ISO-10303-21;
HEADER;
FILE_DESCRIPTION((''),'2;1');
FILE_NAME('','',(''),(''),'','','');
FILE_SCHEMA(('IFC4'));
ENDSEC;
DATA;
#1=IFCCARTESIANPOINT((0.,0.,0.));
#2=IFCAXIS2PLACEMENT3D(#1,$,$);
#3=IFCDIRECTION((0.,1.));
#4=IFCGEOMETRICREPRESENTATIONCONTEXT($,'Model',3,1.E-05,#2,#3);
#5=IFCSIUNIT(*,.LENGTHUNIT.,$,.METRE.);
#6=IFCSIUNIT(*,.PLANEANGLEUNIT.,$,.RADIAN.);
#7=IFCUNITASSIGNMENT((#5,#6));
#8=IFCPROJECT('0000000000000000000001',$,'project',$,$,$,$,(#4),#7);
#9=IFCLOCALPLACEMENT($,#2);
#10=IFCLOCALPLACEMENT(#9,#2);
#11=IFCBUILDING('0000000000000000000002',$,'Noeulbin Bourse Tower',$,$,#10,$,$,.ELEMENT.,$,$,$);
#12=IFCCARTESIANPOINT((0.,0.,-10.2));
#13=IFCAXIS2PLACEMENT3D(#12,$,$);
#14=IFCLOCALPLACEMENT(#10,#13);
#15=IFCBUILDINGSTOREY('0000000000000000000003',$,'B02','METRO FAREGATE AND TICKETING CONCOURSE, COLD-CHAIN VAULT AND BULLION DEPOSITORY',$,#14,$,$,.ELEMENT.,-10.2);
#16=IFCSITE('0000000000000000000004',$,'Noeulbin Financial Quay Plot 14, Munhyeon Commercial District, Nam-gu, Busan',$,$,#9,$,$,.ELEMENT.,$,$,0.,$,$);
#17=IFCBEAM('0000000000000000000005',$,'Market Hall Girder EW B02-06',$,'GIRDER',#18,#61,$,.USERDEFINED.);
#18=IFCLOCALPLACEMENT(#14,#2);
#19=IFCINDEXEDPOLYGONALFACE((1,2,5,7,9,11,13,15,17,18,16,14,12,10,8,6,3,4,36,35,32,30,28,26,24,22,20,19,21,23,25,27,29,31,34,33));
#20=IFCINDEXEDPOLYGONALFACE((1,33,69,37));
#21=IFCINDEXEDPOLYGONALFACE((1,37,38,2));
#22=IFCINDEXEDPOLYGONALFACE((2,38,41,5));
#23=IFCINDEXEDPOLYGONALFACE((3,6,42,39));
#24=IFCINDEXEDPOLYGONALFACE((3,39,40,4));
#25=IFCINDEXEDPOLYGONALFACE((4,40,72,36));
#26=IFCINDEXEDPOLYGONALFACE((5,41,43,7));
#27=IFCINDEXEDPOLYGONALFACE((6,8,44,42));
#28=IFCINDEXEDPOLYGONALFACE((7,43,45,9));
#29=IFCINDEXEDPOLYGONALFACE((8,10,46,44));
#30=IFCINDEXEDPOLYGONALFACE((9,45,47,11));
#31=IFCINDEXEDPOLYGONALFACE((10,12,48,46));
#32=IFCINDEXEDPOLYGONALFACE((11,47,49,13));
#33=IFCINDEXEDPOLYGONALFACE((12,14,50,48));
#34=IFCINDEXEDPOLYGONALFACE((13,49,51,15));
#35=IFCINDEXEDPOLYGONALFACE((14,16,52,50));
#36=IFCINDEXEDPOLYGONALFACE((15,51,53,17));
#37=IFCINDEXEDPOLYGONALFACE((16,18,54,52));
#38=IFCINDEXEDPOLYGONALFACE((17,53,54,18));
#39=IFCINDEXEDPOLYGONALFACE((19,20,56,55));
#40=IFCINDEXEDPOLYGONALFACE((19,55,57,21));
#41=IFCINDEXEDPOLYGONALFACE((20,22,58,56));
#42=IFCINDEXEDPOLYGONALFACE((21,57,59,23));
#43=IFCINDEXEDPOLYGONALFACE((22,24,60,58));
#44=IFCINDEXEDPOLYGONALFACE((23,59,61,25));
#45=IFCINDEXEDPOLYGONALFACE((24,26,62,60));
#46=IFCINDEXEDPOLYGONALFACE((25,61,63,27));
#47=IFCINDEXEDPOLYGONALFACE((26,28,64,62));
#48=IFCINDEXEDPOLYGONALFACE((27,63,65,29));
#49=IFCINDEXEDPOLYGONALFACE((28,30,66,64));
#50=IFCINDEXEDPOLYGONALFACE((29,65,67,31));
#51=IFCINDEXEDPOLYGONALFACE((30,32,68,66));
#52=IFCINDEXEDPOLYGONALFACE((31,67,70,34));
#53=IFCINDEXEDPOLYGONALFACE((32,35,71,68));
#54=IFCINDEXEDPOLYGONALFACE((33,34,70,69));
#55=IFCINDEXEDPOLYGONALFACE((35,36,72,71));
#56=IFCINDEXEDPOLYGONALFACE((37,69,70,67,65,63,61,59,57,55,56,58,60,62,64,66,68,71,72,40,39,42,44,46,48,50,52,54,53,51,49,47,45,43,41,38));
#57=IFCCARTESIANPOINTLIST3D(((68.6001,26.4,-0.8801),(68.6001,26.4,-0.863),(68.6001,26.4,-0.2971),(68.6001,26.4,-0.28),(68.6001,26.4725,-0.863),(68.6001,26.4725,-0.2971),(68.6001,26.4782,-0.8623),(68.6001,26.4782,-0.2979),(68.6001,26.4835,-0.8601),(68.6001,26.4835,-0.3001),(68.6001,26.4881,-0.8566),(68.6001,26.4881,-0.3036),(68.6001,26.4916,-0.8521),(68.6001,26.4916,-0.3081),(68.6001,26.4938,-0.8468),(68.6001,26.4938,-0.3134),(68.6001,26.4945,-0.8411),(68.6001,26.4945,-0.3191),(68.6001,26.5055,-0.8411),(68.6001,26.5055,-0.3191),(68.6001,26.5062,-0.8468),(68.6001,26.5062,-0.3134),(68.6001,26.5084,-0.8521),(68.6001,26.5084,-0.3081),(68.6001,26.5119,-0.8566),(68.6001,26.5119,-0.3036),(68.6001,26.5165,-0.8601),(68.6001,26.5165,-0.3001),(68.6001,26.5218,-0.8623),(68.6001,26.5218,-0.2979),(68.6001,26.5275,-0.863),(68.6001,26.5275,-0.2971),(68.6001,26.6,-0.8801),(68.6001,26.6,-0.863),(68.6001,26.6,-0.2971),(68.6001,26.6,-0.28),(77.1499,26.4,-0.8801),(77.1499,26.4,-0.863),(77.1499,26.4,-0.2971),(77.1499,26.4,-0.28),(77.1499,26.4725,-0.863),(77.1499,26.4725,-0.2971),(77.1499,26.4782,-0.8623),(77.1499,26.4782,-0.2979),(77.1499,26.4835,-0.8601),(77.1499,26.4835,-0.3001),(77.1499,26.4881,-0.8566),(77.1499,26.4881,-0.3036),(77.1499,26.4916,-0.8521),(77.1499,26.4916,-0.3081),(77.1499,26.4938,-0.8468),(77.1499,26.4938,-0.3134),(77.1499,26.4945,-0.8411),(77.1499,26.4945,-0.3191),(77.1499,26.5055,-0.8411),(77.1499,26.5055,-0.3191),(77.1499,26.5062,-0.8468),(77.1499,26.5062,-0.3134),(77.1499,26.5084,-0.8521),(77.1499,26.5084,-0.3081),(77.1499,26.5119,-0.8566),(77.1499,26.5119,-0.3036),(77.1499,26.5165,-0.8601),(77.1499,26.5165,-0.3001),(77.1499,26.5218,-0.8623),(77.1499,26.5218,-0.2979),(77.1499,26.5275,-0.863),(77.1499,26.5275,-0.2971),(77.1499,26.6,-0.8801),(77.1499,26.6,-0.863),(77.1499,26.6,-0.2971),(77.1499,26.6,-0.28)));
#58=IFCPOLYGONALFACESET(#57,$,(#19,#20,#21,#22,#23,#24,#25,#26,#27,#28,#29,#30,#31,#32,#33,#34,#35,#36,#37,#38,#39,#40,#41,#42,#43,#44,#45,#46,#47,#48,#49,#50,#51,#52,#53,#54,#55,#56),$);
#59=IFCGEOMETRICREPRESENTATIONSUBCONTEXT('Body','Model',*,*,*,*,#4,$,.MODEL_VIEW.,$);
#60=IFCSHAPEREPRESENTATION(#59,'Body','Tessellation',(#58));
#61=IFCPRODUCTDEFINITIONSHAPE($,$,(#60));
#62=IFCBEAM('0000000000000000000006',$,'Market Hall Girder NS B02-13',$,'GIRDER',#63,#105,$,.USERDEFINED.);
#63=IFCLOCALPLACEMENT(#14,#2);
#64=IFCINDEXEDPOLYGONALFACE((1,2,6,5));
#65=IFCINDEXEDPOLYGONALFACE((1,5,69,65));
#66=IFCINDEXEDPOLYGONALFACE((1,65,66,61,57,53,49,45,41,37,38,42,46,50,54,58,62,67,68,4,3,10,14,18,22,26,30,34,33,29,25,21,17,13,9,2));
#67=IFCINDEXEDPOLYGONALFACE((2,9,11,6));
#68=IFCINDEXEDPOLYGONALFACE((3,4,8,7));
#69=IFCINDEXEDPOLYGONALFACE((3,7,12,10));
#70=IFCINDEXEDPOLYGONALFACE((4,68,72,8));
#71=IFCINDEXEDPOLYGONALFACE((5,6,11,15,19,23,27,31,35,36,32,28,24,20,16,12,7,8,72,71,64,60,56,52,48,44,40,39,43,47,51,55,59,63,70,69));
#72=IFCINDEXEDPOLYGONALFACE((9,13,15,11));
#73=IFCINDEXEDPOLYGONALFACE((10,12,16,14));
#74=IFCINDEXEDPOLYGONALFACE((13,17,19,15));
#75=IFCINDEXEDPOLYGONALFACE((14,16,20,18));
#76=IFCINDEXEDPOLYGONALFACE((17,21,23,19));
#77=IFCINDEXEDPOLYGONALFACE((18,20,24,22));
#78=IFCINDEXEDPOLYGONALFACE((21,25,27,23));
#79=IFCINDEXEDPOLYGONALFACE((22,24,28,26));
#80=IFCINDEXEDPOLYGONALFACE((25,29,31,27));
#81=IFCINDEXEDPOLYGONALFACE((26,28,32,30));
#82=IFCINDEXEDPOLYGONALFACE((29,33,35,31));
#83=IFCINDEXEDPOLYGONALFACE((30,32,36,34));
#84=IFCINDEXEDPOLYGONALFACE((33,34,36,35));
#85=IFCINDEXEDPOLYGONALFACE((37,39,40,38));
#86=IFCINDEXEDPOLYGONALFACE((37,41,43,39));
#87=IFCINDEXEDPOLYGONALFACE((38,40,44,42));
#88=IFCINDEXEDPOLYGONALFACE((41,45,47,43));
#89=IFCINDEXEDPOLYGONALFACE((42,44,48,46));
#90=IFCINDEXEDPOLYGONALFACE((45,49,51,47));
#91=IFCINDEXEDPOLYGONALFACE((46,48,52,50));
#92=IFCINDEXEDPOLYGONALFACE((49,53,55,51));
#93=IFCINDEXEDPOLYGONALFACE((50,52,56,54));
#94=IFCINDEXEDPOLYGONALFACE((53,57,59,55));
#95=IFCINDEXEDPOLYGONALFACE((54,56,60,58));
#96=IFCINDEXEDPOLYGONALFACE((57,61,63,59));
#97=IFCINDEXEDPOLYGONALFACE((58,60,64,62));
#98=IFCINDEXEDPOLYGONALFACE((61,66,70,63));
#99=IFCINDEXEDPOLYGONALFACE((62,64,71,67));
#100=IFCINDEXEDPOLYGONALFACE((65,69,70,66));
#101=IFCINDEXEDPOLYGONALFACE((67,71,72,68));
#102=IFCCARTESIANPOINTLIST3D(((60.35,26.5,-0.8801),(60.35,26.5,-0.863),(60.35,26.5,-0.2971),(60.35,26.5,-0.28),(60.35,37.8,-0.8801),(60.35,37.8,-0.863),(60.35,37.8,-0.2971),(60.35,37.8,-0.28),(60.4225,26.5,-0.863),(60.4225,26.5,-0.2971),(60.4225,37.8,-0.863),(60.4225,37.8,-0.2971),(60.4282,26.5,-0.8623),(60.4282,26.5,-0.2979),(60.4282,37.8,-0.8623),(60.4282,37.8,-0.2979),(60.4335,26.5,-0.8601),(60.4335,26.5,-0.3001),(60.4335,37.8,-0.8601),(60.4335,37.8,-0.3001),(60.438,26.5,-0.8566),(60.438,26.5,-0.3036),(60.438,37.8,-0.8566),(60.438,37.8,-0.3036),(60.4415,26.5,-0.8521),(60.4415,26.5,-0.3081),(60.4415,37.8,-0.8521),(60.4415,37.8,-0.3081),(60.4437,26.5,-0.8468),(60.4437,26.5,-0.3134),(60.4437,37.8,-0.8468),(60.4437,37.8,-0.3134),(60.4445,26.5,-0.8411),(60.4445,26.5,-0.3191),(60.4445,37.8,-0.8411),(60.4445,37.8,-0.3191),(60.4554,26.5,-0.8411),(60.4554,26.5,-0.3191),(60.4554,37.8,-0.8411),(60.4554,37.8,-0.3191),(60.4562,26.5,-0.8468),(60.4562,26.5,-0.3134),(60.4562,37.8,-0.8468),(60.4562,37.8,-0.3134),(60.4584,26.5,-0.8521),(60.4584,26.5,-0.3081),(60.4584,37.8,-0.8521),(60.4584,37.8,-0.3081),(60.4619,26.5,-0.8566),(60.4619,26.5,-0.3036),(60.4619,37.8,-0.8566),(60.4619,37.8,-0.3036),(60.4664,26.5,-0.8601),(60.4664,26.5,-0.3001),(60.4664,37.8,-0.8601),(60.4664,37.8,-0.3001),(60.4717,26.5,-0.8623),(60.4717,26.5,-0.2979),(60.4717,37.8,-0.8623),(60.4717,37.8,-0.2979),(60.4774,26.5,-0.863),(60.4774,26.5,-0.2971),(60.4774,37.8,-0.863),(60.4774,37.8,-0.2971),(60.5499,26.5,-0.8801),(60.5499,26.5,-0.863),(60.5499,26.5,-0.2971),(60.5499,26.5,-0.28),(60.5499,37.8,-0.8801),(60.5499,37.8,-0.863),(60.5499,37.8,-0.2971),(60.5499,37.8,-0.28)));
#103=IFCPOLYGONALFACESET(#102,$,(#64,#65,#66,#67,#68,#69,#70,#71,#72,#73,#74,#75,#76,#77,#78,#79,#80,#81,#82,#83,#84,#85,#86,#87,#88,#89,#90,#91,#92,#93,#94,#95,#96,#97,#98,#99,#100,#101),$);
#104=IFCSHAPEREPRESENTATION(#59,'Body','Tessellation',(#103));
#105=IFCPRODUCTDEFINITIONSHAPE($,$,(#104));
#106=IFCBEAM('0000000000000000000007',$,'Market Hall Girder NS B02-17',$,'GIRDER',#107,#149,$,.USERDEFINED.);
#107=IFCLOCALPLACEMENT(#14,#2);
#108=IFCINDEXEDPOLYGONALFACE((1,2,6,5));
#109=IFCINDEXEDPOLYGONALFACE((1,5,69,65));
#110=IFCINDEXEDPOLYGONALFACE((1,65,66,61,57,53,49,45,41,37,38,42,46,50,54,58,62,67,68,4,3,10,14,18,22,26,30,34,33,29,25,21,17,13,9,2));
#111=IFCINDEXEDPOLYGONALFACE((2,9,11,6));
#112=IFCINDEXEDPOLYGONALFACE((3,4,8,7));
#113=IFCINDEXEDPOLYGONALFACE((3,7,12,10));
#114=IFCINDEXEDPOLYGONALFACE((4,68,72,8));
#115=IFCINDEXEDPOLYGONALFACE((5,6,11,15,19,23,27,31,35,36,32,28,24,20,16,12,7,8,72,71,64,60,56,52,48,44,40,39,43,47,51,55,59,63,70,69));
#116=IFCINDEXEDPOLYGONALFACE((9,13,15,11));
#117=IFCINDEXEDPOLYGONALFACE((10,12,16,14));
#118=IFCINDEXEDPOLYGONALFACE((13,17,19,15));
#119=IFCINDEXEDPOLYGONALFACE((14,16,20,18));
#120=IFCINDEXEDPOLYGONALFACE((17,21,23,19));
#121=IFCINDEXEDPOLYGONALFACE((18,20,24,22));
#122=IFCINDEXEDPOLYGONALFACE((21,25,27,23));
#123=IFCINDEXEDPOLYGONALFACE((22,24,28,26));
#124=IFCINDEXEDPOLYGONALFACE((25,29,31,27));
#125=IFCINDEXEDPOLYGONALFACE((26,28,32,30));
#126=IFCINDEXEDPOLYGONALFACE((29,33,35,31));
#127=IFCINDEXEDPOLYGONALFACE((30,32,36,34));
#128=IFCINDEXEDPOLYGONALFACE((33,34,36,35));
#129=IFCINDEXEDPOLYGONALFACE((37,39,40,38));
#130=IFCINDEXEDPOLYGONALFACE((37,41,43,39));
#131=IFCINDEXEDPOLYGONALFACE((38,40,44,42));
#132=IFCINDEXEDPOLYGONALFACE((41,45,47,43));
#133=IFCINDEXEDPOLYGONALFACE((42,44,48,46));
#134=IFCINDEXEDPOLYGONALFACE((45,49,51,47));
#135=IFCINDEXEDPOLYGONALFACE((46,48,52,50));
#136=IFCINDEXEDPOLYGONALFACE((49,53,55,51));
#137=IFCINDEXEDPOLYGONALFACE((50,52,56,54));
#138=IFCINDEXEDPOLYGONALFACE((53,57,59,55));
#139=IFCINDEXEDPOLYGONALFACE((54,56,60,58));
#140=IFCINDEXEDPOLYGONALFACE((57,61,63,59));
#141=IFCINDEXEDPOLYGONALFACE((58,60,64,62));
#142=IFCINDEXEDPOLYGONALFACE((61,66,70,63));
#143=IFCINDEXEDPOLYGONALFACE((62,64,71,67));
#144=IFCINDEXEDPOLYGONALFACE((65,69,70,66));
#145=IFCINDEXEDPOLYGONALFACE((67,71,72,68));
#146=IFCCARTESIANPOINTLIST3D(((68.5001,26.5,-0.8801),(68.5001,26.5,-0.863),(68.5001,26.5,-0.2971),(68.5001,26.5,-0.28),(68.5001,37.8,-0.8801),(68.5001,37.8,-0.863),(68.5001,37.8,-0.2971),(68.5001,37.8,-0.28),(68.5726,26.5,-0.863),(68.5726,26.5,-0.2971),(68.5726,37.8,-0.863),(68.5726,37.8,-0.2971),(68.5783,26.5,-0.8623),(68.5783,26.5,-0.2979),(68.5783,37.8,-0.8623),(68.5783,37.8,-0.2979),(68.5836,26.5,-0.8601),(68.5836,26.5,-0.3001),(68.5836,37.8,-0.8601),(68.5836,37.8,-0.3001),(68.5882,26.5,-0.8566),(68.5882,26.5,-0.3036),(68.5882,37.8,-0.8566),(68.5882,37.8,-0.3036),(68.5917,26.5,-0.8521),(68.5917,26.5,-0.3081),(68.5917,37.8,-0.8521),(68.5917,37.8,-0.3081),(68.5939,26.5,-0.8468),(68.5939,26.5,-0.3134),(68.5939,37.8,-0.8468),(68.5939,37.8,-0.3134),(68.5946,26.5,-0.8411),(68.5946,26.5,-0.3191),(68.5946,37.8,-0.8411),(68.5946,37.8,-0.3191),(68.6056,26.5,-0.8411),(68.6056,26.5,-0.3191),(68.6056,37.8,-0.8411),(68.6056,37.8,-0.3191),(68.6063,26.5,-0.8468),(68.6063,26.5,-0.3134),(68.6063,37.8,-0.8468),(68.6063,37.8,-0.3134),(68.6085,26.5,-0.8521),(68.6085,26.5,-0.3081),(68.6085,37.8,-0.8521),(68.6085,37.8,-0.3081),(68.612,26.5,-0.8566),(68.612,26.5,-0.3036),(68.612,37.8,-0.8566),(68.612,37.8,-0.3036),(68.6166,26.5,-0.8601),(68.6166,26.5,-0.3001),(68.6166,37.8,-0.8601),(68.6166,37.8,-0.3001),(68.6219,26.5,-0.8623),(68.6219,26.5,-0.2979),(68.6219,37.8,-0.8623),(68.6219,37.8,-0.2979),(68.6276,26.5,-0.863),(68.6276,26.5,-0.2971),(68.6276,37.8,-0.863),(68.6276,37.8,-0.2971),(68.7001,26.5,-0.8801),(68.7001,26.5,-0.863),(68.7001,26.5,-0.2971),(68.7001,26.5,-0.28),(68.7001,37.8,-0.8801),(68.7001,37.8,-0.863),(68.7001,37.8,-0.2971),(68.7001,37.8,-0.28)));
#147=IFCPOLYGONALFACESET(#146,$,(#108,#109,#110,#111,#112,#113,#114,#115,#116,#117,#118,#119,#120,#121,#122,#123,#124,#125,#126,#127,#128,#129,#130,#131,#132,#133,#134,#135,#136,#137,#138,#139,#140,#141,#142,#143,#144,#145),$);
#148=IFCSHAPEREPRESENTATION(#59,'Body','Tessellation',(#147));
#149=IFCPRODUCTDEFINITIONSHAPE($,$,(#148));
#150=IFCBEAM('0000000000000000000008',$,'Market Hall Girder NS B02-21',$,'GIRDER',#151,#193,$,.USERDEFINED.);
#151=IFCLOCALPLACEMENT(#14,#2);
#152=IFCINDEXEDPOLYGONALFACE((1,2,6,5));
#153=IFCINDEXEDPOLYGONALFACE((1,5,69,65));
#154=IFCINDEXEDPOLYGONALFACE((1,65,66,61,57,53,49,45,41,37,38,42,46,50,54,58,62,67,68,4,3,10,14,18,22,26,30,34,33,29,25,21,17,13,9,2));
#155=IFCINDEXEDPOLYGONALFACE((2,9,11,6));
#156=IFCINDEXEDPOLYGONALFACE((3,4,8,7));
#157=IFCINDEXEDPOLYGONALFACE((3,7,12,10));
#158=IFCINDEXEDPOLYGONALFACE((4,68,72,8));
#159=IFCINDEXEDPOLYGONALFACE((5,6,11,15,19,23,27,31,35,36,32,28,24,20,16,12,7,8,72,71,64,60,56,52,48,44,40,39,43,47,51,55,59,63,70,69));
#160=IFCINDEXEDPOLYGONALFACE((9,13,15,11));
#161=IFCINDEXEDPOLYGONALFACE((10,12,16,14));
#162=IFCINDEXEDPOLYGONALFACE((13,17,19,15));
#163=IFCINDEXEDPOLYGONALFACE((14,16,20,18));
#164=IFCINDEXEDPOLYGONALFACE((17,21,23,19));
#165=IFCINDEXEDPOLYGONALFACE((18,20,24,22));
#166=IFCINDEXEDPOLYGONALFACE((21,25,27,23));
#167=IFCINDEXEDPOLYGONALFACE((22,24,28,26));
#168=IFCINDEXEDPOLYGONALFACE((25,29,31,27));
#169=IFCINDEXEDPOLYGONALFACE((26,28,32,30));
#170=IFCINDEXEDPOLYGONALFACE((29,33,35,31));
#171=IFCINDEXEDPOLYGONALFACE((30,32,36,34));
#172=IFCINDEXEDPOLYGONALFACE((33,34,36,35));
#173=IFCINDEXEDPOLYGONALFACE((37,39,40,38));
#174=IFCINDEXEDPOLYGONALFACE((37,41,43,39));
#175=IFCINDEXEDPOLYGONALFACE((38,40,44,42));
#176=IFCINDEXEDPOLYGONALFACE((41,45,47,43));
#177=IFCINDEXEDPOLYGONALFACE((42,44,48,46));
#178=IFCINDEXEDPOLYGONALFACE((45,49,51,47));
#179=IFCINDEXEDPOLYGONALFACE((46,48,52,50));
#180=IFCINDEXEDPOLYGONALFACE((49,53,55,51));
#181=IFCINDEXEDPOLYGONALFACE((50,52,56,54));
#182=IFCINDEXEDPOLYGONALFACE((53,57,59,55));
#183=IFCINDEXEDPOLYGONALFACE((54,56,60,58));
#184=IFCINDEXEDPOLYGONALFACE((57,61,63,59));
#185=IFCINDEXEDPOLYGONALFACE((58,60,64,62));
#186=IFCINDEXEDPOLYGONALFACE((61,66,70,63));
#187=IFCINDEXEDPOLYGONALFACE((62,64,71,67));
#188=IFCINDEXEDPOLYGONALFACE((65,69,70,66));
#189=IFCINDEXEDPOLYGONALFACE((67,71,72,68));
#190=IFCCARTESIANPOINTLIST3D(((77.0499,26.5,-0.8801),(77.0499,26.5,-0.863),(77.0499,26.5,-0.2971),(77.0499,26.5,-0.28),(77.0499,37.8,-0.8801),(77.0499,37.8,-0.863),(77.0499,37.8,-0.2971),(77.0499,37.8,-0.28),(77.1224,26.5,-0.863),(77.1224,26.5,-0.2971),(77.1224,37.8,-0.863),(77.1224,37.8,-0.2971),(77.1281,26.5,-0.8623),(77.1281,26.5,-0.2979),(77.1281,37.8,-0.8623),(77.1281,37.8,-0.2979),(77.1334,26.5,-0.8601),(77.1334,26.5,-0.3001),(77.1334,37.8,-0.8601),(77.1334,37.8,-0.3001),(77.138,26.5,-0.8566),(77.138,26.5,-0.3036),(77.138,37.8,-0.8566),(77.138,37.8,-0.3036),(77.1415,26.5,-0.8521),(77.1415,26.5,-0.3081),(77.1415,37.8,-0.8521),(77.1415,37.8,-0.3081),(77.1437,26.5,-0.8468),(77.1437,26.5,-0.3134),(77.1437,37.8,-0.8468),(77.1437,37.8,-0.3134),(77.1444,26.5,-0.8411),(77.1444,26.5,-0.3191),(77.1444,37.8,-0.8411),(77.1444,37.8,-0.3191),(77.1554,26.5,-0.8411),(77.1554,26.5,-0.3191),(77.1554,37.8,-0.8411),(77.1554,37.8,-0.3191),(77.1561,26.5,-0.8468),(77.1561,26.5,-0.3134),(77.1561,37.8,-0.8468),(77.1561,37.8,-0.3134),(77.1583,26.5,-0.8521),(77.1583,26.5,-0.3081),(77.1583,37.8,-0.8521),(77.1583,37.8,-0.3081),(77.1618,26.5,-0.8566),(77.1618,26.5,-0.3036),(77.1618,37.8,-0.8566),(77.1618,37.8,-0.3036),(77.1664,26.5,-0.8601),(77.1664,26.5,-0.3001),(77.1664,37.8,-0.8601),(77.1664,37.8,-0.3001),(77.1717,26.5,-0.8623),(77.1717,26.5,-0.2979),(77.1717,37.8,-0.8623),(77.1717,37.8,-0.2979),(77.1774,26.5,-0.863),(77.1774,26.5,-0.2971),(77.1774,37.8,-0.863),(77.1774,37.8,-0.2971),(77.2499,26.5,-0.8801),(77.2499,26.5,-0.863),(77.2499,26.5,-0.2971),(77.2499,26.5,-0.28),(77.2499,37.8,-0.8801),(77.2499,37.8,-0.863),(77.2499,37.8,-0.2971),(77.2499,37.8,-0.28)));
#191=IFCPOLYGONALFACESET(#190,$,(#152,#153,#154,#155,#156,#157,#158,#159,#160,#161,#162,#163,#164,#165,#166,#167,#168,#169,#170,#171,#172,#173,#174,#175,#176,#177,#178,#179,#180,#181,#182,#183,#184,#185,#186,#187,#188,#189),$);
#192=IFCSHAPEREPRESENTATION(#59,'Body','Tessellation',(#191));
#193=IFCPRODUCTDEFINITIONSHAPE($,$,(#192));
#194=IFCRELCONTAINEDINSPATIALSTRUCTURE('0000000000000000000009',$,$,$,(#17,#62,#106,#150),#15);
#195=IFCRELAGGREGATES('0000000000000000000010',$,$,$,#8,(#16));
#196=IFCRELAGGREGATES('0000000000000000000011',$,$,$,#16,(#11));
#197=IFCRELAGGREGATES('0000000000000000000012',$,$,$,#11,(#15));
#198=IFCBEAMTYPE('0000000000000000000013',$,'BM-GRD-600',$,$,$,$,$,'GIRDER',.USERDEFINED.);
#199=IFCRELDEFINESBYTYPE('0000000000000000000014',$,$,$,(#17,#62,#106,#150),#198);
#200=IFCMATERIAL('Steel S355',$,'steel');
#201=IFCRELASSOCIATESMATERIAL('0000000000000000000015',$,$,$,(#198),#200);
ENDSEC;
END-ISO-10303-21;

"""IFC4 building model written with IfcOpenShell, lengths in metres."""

from ifc_helpers import new_model, si_unit, direction, frame, origin, origin_2d, place, context, subcontext, project, spatial, i_section, extrude, material, material_profile, profile_set, type_object, element, save


model = new_model("IFC4")

# Units and contexts
model_context = context("Model", 3, precision=1e-05, world=origin(), true_north=direction((0.0, 1.0)))
body_context = subcontext(model_context, "Body", "Model", "MODEL_VIEW")
ifc_project = project(units=[si_unit("LENGTHUNIT", "METRE"), si_unit("PLANEANGLEUNIT", "RADIAN")], contexts=[model_context])

# Site, building, storey
site_placement = place(None, origin())
site = spatial("IfcSite", under=ifc_project, at=site_placement, Name="Noeulbin Financial Quay Plot 14, Munhyeon Commercial District, Nam-gu, Busan", CompositionType="ELEMENT", RefElevation=0.0)
building_placement = place(site_placement, origin())
building = spatial("IfcBuilding", under=site, at=building_placement, Name="Noeulbin Bourse Tower", CompositionType="ELEMENT")
storey_placement = place(building_placement, frame((0.0, 0.0, -10.2)))
storey = spatial("IfcBuildingStorey", under=building, at=storey_placement, Name="B02", Description="METRO FAREGATE AND TICKETING CONCOURSE, COLD-CHAIN VAULT AND BULLION DEPOSITORY", CompositionType="ELEMENT", Elevation=-10.2)

# Beams
ifc_material_1 = material(Name="Steel S355", Category="steel")
ifc_material_profile_1 = material_profile(ifc_material_1, i_section(OverallWidth=0.2, OverallDepth=0.6001, WebThickness=0.011, FlangeThickness=0.0171, FilletRadius=0.022, at=origin_2d()), Name="H-600x200x11x17", Category="LoadBearing")
ifc_profile_set_1 = profile_set([ifc_material_profile_1], Name="Steel S355")
beam_type_1 = type_object("IfcBeamType", Name="BM-GRD-600", ElementType="GIRDER", PredefinedType="USERDEFINED", material=ifc_profile_set_1)
beam_1_placement = place(storey_placement, frame((68.6001, 26.5, -0.5801), z_axis=(1.0, 0.0, 0.0), x_axis=(0.0, 1.0, 0.0)))
element("IfcBeam", 1, at=beam_1_placement, inside=storey, type_object=beam_type_1, Name="Market Hall Girder EW B02-06", ObjectType="GIRDER", PredefinedType="USERDEFINED", context=body_context, shape_type="SweptSolid", body=[
    extrude(i_section(OverallWidth=0.2, OverallDepth=0.6001, WebThickness=0.011, FlangeThickness=0.0171, FilletRadius=0.022, at=origin_2d()), origin(), (0.0, 0.0, 1.0), 8.5498),
])
for number, where, z_axis, x_axis, name in (
    (2, (60.45, 26.5, -0.5801), (0.0, 1.0, 0.0), (-1.0, 0.0, 0.0), "Market Hall Girder NS B02-13"),
    (3, (68.6001, 26.5, -0.5801), (0.0, 1.0, 0.0), (-1.0, 0.0, 0.0), "Market Hall Girder NS B02-17"),
    (4, (77.1499, 26.5, -0.5801), (0.0, 1.0, 0.0), (-1.0, 0.0, 0.0), "Market Hall Girder NS B02-21"),
):
    element("IfcBeam", number, at=place(storey_placement, frame(where, z_axis=z_axis, x_axis=x_axis)), inside=storey, type_object=beam_type_1, Name=name, ObjectType="GIRDER", PredefinedType="USERDEFINED", context=body_context, shape_type="SweptSolid", body=[
        extrude(i_section(OverallWidth=0.2, OverallDepth=0.6001, WebThickness=0.011, FlangeThickness=0.0171, FilletRadius=0.022, at=origin_2d()), origin(), (0.0, 0.0, 1.0), 11.3),
    ])

save(model, "model.ifc")
